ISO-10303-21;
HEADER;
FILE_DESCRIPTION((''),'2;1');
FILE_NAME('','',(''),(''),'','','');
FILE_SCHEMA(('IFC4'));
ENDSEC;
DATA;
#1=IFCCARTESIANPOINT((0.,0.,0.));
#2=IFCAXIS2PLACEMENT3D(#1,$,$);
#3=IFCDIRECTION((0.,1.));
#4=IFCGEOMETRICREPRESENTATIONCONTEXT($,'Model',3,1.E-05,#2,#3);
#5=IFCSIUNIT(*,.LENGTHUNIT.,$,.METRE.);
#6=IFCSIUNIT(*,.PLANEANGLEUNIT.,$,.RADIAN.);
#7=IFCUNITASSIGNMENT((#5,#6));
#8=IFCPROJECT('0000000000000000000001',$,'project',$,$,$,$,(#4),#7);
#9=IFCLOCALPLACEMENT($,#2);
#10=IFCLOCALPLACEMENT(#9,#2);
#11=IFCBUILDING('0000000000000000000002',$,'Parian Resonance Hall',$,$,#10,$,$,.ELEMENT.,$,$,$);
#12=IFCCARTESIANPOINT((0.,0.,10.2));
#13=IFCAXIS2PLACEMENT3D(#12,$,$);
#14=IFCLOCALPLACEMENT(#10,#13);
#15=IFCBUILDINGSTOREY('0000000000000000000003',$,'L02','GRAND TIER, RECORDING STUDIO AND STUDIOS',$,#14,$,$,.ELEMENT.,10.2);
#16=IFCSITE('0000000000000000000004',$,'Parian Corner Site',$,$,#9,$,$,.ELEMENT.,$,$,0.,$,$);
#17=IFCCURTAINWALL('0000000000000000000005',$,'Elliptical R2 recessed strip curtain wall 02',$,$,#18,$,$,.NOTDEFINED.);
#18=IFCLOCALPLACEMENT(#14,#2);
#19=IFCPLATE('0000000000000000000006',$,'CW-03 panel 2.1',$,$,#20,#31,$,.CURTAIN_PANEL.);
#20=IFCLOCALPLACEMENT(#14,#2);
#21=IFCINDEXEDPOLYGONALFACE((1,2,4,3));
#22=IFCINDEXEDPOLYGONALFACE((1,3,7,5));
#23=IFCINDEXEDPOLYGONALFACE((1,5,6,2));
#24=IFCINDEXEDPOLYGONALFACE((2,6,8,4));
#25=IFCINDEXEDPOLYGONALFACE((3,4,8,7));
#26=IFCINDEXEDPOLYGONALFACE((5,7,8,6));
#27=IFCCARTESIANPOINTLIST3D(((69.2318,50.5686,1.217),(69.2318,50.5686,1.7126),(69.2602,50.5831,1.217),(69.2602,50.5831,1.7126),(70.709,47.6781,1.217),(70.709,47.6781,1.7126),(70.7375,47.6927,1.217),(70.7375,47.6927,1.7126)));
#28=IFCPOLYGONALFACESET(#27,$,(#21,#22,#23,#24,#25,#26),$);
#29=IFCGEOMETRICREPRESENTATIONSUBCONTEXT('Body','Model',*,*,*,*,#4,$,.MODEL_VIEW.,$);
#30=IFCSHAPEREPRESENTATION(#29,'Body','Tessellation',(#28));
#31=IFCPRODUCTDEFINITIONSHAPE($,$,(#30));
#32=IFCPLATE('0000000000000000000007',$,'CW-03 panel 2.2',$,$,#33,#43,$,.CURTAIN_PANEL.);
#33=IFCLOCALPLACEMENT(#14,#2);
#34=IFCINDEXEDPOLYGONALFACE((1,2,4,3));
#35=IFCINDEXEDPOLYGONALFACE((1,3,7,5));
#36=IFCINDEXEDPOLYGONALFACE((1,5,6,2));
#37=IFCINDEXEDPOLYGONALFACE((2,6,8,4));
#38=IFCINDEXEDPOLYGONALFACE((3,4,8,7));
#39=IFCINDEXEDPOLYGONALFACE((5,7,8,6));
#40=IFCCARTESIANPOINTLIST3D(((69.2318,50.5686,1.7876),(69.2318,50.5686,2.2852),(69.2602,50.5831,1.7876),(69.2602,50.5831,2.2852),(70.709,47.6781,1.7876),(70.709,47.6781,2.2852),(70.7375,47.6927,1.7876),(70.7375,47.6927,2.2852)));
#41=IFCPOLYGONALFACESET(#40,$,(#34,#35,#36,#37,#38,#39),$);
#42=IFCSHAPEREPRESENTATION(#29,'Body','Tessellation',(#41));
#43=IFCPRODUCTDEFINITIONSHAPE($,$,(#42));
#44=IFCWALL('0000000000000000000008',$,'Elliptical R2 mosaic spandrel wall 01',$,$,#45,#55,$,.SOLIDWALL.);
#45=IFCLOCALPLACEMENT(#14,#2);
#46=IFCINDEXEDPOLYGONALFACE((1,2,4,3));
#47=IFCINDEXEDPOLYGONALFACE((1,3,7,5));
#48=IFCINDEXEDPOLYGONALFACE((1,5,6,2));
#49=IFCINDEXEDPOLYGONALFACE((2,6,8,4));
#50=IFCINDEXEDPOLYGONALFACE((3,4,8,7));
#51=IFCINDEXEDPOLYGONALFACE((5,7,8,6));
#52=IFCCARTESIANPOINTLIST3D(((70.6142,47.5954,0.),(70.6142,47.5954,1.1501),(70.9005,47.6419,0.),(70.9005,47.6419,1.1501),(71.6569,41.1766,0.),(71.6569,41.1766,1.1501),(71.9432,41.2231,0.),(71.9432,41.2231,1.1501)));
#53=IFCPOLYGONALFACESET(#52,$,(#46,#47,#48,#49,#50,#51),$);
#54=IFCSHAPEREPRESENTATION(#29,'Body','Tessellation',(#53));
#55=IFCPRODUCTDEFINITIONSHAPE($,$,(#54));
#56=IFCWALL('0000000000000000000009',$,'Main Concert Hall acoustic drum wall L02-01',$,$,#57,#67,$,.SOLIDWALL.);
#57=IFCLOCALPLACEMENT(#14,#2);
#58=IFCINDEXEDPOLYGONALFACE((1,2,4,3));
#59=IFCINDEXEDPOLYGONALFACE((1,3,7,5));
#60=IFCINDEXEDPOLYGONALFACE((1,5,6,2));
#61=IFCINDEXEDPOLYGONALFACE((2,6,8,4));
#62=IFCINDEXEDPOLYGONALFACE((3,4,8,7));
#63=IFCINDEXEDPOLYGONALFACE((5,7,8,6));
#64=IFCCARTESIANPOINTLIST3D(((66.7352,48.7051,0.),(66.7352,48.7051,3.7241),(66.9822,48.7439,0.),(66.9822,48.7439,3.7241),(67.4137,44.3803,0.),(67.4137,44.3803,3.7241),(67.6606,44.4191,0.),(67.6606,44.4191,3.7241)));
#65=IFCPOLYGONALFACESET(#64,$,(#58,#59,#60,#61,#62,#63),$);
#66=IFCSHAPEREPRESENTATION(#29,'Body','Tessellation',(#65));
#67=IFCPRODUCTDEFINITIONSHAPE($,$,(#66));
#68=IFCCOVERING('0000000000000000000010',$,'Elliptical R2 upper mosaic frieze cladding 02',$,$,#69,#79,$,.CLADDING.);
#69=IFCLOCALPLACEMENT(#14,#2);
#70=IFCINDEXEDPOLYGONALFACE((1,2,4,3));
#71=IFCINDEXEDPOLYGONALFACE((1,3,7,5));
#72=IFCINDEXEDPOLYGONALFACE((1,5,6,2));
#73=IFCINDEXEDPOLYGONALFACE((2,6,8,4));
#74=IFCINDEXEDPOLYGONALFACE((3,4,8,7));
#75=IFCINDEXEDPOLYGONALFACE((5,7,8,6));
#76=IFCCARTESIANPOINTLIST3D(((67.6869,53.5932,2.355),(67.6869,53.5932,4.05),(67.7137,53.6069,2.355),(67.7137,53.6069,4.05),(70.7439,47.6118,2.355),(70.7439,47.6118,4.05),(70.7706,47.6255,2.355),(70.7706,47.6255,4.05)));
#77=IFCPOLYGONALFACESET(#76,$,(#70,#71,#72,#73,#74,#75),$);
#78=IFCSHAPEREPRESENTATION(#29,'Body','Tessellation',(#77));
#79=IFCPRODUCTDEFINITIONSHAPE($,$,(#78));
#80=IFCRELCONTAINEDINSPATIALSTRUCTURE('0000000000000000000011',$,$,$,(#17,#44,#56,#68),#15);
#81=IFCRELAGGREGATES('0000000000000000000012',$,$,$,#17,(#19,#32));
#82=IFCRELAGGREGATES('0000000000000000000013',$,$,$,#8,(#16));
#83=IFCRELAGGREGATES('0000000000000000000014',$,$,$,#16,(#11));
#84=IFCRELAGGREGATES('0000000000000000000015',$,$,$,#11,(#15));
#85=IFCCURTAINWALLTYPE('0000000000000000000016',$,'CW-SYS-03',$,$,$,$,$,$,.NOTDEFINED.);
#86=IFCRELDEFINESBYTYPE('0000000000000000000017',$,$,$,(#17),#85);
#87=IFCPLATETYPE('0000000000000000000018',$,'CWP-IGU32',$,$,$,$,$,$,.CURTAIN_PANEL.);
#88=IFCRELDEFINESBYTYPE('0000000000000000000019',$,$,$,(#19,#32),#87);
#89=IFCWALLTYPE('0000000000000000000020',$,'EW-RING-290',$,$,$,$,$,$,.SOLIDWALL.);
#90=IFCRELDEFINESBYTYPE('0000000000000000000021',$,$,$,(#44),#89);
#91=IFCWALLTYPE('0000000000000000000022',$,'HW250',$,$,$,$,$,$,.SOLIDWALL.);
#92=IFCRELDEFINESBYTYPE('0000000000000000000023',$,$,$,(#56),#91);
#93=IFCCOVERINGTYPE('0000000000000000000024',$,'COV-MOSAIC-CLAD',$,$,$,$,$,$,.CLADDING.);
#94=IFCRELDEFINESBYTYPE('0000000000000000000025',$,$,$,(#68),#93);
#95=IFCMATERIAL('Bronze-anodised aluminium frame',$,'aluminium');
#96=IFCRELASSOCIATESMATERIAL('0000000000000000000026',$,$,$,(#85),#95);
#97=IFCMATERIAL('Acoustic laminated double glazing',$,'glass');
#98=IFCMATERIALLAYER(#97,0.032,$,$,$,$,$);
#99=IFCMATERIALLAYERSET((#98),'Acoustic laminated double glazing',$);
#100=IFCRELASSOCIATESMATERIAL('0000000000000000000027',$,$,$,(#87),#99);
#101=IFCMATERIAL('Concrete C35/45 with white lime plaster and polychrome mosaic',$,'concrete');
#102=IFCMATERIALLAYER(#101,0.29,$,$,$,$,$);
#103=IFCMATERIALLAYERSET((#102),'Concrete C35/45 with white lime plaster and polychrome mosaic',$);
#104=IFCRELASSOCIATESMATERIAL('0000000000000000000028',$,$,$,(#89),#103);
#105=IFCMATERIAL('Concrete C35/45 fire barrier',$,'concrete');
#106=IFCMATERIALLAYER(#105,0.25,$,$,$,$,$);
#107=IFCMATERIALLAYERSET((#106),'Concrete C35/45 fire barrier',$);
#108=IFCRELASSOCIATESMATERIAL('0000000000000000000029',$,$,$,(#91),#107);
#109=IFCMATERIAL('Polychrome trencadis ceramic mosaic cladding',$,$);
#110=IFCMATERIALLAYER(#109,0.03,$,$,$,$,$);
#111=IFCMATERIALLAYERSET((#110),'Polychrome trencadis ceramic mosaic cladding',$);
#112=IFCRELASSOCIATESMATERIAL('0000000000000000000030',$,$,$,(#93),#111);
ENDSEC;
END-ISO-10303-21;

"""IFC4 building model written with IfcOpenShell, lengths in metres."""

from ifc_helpers import new_model, si_unit, direction, frame, frame_2d, origin, origin_2d, place, context, subcontext, project, spatial, rectangle, extrude, material, layer, layer_set, type_object, element, aggregate, save


model = new_model("IFC4")

# Units and contexts
model_context = context("Model", 3, precision=1e-05, world=origin(), true_north=direction((0.0, 1.0)))
body_context = subcontext(model_context, "Body", "Model", "MODEL_VIEW")
ifc_project = project(units=[si_unit("LENGTHUNIT", "METRE"), si_unit("PLANEANGLEUNIT", "RADIAN")], contexts=[model_context])

# Site, building, storey
site_placement = place(None, origin())
site = spatial("IfcSite", under=ifc_project, at=site_placement, Name="Parian Corner Site", CompositionType="ELEMENT", RefElevation=0.0)
building_placement = place(site_placement, origin())
building = spatial("IfcBuilding", under=site, at=building_placement, Name="Parian Resonance Hall", CompositionType="ELEMENT")
storey_placement = place(building_placement, frame((0.0, 0.0, 10.2)))
storey = spatial("IfcBuildingStorey", under=building, at=storey_placement, Name="L02", Description="GRAND TIER, RECORDING STUDIO AND STUDIOS", CompositionType="ELEMENT", Elevation=10.2)

# Curtain wall
ifc_material_1 = material(Name="Bronze-anodised aluminium frame", Category="aluminium")
curtain_wall_type_1 = type_object("IfcCurtainWallType", Name="CW-SYS-03", PredefinedType="NOTDEFINED", material=ifc_material_1)
curtain_wall_1_placement = place(storey_placement, origin())
curtain_wall_1 = element("IfcCurtainWall", 1, at=curtain_wall_1_placement, inside=storey, type_object=curtain_wall_type_1, Name="Elliptical R2 recessed strip curtain wall 02", PredefinedType="NOTDEFINED")

# Plates
ifc_material_2 = material(Name="Acoustic laminated double glazing", Category="glass")
ifc_layer_1 = layer(ifc_material_2, 0.032)
ifc_layer_set_1 = layer_set([ifc_layer_1], Name="Acoustic laminated double glazing")
plate_type_1 = type_object("IfcPlateType", Name="CWP-IGU32", PredefinedType="CURTAIN_PANEL", material=ifc_layer_set_1)
plate_1_placement = place(storey_placement, frame((69.9846, 49.1306, 1.217), z_axis=(0.0, 0.0, 1.0), x_axis=(0.455086, -0.890447, 0.0)))
plate_1 = element("IfcPlate", 2, at=plate_1_placement, type_object=plate_type_1, Name="CW-03 panel 2.1", PredefinedType="CURTAIN_PANEL", context=body_context, shape_type="SweptSolid", body=[
    extrude(rectangle(XDim=3.2461, YDim=0.032, at=origin_2d()), origin(), (0.0, 0.0, 1.0), 0.4956),
])
plate_2_placement = place(storey_placement, frame((69.9846, 49.1306, 1.7876), z_axis=(0.0, 0.0, 1.0), x_axis=(0.455086, -0.890447, 0.0)))
plate_2 = element("IfcPlate", 3, at=plate_2_placement, type_object=plate_type_1, Name="CW-03 panel 2.2", PredefinedType="CURTAIN_PANEL", context=body_context, shape_type="SweptSolid", body=[
    extrude(rectangle(XDim=3.2461, YDim=0.032, at=origin_2d()), origin(), (0.0, 0.0, 1.0), 0.4976),
])
aggregate(curtain_wall_1, [plate_1, plate_2])

# Walls
ifc_material_3 = material(Name="Concrete C35/45 with white lime plaster and polychrome mosaic", Category="concrete")
ifc_layer_2 = layer(ifc_material_3, 0.29)
ifc_layer_set_2 = layer_set([ifc_layer_2], Name="Concrete C35/45 with white lime plaster and polychrome mosaic")
wall_type_1 = type_object("IfcWallType", Name="EW-RING-290", PredefinedType="SOLIDWALL", material=ifc_layer_set_2)
wall_1_placement = place(storey_placement, frame((70.7573, 47.6187, 0.0), z_axis=(0.0, 0.0, 1.0), x_axis=(0.160349, -0.98706, 0.0)))
element("IfcWall", 4, at=wall_1_placement, inside=storey, type_object=wall_type_1, Name="Elliptical R2 mosaic spandrel wall 01", PredefinedType="SOLIDWALL", context=body_context, shape_type="SweptSolid", body=[
    extrude(rectangle(XDim=6.5029, YDim=0.29, at=frame_2d((3.2515, 0.0))), origin(), (0.0, 0.0, 1.0), 1.1501),
])
ifc_material_4 = material(Name="Concrete C35/45 fire barrier", Category="concrete")
ifc_layer_3 = layer(ifc_material_4, 0.25)
ifc_layer_set_3 = layer_set([ifc_layer_3], Name="Concrete C35/45 fire barrier")
wall_type_2 = type_object("IfcWallType", Name="HW250", PredefinedType="SOLIDWALL", material=ifc_layer_set_3)
wall_2_placement = place(storey_placement, frame((66.8586, 48.7246, 0.0), z_axis=(0.0, 0.0, 1.0), x_axis=(0.154986, -0.987917, 0.0)))
element("IfcWall", 5, at=wall_2_placement, inside=storey, type_object=wall_type_2, Name="Main Concert Hall acoustic drum wall L02-01", PredefinedType="SOLIDWALL", context=body_context, shape_type="SweptSolid", body=[
    extrude(rectangle(XDim=4.3777, YDim=0.25, at=frame_2d((2.189, 0.0))), origin(), (0.0, 0.0, 1.0), 3.7241),
])

# Covering
ifc_material_5 = material(Name="Polychrome trencadis ceramic mosaic cladding")
ifc_layer_4 = layer(ifc_material_5, 0.03)
ifc_layer_set_4 = layer_set([ifc_layer_4], Name="Polychrome trencadis ceramic mosaic cladding")
covering_type = type_object("IfcCoveringType", Name="COV-MOSAIC-CLAD", PredefinedType="CLADDING", material=ifc_layer_set_4)
covering_placement = place(storey_placement, frame((69.2288, 50.6094, 2.355), z_axis=(0.0, 0.0, 1.0), x_axis=(0.455087, -0.890447, 0.0)))
element("IfcCovering", 6, at=covering_placement, inside=storey, type_object=covering_type, Name="Elliptical R2 upper mosaic frieze cladding 02", PredefinedType="CLADDING", context=body_context, shape_type="SweptSolid", body=[
    extrude(rectangle(XDim=6.7173, YDim=0.03, at=origin_2d()), origin(), (0.0, 0.0, 1.0), 1.6951),
])

save(model, "model.ifc")
